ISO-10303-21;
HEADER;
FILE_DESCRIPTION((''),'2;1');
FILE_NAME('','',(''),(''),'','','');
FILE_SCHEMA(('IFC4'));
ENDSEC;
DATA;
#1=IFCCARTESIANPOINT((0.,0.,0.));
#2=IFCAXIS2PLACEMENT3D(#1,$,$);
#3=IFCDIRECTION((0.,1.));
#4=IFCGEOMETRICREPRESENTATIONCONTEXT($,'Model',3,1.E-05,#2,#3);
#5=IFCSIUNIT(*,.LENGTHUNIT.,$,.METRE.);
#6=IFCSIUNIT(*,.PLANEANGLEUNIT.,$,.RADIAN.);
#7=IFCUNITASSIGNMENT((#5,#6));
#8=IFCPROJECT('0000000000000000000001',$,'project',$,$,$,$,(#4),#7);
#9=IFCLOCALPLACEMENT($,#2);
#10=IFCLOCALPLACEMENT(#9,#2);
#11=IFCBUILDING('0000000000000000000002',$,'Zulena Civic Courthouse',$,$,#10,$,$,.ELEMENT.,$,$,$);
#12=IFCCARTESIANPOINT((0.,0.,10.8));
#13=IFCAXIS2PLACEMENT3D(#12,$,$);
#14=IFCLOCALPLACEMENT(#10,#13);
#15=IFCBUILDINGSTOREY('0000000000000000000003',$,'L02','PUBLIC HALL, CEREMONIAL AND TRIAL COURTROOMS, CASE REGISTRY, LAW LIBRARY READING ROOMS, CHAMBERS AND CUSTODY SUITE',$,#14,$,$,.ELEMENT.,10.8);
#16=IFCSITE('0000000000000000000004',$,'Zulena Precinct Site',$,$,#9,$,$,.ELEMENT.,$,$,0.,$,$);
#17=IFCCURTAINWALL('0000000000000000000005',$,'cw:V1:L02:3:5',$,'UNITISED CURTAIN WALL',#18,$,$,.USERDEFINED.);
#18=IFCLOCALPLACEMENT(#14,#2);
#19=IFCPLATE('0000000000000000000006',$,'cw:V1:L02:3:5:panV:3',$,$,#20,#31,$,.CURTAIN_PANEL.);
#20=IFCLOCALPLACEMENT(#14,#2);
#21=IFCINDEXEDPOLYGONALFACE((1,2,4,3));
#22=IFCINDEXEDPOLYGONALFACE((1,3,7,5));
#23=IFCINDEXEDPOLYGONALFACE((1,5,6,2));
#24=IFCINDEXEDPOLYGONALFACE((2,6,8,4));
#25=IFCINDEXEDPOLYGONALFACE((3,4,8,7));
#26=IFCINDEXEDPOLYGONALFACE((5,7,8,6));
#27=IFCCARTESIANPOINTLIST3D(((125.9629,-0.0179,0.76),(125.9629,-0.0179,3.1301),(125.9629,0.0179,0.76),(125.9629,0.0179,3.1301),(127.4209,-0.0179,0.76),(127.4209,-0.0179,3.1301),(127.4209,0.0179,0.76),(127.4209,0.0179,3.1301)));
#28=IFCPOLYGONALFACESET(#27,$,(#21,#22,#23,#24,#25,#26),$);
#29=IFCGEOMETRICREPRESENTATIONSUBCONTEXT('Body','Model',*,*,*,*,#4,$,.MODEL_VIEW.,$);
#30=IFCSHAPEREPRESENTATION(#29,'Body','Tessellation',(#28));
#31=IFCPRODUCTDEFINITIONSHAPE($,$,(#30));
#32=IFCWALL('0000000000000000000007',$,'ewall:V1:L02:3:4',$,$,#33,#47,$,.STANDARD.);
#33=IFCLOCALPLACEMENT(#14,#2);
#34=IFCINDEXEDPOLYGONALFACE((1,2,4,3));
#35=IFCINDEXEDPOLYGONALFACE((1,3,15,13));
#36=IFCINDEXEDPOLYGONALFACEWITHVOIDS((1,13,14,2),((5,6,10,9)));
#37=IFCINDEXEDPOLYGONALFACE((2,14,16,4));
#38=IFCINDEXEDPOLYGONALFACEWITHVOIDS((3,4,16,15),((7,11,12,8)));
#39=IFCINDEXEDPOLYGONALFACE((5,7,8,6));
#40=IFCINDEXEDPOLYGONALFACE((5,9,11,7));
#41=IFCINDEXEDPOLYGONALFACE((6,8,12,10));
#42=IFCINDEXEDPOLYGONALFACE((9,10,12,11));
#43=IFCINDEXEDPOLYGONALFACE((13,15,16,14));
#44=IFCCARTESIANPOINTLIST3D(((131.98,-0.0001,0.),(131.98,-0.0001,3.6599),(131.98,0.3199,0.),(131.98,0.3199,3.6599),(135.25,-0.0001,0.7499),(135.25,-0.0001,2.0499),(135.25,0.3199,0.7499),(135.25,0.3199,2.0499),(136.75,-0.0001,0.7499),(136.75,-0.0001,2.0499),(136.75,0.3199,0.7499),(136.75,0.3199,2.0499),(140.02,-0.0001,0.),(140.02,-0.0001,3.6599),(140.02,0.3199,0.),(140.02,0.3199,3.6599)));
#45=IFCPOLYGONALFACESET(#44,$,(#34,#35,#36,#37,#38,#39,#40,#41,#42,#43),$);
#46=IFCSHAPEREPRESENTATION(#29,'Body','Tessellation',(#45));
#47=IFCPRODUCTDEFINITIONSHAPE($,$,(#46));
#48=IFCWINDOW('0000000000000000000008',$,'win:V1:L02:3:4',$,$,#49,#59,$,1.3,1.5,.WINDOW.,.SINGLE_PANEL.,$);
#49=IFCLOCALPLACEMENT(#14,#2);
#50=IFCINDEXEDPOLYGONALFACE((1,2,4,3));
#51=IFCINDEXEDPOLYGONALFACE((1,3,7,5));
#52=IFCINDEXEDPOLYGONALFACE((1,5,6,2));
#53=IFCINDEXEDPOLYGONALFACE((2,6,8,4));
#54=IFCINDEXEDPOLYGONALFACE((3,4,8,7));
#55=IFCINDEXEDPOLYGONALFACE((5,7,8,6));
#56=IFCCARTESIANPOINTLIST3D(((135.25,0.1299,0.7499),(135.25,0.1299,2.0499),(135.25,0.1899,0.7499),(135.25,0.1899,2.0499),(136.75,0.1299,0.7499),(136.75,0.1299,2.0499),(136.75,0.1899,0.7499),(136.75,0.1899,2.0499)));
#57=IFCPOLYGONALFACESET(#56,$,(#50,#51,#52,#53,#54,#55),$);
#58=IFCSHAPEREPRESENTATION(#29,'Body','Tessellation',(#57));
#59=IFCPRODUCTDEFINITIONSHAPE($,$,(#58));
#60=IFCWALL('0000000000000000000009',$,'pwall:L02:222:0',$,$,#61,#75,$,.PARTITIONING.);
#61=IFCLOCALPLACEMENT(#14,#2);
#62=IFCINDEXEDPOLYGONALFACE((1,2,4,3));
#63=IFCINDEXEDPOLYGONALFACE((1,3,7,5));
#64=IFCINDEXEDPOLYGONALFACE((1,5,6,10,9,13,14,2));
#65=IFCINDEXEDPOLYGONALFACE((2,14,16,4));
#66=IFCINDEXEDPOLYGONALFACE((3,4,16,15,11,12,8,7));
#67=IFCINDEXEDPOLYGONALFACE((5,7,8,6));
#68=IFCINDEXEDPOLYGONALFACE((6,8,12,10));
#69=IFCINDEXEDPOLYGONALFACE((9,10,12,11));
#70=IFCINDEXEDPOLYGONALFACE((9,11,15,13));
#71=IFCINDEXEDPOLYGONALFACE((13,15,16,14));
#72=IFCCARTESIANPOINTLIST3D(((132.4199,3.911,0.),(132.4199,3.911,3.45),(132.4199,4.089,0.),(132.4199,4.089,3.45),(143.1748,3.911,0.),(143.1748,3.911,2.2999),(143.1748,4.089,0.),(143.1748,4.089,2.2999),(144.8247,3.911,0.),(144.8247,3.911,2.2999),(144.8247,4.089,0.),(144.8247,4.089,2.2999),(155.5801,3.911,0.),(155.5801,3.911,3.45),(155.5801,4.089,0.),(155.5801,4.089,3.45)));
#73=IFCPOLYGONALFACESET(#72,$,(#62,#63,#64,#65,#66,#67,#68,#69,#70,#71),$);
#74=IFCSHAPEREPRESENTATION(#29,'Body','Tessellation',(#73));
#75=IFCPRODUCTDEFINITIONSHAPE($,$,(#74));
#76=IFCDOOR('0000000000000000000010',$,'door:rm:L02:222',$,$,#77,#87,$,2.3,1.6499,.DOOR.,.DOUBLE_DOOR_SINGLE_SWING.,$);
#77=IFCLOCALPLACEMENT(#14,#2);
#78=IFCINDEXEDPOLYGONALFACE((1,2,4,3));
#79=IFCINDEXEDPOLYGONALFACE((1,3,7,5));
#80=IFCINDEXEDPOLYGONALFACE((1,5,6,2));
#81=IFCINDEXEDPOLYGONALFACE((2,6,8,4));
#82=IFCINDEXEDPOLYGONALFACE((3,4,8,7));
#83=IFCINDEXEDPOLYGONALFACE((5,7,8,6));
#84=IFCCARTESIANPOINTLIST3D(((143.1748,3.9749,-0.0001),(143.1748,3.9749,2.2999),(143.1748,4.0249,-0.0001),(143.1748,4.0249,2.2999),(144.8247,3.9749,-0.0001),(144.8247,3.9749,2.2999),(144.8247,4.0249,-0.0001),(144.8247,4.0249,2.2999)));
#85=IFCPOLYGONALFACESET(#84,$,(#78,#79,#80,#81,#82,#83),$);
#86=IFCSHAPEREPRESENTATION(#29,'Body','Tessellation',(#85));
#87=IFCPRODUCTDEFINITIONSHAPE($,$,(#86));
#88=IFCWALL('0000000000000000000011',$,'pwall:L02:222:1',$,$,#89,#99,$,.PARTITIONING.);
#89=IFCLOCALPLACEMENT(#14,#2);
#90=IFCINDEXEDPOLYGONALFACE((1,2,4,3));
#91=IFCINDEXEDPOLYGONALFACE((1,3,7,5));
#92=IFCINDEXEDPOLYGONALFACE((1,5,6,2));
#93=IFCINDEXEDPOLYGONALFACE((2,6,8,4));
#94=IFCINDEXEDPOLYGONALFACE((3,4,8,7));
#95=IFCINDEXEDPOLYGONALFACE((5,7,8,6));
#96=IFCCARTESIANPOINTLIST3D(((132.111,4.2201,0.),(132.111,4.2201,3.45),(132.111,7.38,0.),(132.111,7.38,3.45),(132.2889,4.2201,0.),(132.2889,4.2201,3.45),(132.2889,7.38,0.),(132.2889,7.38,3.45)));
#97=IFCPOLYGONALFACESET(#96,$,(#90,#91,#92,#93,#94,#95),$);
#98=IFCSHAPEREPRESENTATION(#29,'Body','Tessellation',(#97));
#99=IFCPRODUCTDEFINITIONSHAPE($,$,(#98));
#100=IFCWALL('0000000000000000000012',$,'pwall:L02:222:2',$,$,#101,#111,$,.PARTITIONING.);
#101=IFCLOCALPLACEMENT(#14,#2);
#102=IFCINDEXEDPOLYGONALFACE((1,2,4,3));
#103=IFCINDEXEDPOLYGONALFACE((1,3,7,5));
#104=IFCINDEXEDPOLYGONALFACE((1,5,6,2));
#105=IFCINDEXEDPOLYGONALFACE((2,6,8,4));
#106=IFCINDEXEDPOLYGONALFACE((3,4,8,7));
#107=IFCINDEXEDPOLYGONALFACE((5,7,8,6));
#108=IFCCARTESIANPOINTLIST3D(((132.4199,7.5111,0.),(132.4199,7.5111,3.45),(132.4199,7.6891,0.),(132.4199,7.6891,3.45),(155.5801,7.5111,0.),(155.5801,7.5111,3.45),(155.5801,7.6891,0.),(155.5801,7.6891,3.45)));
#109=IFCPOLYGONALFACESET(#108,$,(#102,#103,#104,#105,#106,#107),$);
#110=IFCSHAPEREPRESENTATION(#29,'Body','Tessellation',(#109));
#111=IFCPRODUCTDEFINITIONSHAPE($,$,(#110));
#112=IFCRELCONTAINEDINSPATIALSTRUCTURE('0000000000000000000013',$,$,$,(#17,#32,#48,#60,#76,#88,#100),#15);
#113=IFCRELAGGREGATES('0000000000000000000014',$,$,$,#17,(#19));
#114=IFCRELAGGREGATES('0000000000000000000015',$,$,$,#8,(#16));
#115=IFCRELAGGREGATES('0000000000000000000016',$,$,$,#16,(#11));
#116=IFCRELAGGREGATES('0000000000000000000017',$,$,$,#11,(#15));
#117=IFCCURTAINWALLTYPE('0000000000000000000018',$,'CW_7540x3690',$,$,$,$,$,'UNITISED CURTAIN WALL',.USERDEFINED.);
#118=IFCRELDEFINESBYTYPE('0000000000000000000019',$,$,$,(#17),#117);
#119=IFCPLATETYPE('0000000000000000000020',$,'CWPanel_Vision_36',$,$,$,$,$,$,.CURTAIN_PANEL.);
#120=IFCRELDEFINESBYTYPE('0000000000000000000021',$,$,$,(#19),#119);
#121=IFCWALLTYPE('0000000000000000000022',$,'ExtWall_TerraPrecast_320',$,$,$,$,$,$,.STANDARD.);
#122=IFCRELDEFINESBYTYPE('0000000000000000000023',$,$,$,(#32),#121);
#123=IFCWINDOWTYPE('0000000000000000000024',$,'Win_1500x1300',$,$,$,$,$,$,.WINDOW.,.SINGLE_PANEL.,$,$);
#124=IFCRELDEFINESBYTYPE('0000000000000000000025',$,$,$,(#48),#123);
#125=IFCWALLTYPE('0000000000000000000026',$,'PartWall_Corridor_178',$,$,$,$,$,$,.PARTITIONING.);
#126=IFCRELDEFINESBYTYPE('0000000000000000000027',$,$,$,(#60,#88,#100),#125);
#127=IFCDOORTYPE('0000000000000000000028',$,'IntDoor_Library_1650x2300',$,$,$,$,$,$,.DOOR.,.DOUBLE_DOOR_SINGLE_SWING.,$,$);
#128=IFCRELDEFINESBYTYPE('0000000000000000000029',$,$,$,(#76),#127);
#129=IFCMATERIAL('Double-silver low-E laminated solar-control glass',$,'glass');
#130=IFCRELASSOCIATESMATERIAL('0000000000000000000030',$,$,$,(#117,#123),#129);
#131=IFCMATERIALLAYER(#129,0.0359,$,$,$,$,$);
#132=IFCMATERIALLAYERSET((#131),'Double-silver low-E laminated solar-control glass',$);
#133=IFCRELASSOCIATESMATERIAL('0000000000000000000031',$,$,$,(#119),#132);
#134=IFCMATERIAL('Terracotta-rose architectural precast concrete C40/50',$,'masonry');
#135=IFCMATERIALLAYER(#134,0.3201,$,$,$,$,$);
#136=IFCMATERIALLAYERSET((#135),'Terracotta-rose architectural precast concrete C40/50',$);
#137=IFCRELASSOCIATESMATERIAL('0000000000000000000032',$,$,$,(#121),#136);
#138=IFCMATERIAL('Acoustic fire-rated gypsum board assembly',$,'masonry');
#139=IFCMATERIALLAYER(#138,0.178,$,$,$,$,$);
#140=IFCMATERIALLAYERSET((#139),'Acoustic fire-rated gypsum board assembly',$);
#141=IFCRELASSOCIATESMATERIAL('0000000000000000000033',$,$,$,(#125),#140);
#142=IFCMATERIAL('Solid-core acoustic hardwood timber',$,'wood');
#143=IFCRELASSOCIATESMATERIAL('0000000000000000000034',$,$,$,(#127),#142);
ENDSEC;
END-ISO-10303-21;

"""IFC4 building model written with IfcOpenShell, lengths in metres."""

from ifc_helpers import new_model, si_unit, direction, frame, frame_2d, origin, origin_2d, place, context, subcontext, project, spatial, rectangle, extrude, material, layer, layer_set, type_object, element, fill, aggregate, save


model = new_model("IFC4")

# Units and contexts
model_context = context("Model", 3, precision=1e-05, world=origin(), true_north=direction((0.0, 1.0)))
body_context = subcontext(model_context, "Body", "Model", "MODEL_VIEW")
ifc_project = project(units=[si_unit("LENGTHUNIT", "METRE"), si_unit("PLANEANGLEUNIT", "RADIAN")], contexts=[model_context])

# Site, building, storey
site_placement = place(None, origin())
site = spatial("IfcSite", under=ifc_project, at=site_placement, Name="Zulena Precinct Site", CompositionType="ELEMENT", RefElevation=0.0)
building_placement = place(site_placement, origin())
building = spatial("IfcBuilding", under=site, at=building_placement, Name="Zulena Civic Courthouse", CompositionType="ELEMENT")
storey_placement = place(building_placement, frame((0.0, 0.0, 10.8)))
storey = spatial("IfcBuildingStorey", under=building, at=storey_placement, Name="L02", Description="PUBLIC HALL, CEREMONIAL AND TRIAL COURTROOMS, CASE REGISTRY, LAW LIBRARY READING ROOMS, CHAMBERS AND CUSTODY SUITE", CompositionType="ELEMENT", Elevation=10.8)

# Shared definitions
ifc_material_1 = material(Name="Double-silver low-E laminated solar-control glass", Category="glass")

# Curtain wall
curtain_wall_type_1 = type_object("IfcCurtainWallType", Name="CW_7540x3690", ElementType="UNITISED CURTAIN WALL", PredefinedType="USERDEFINED", material=ifc_material_1)
curtain_wall_1_placement = place(storey_placement, origin())
curtain_wall_1 = element("IfcCurtainWall", 1, at=curtain_wall_1_placement, inside=storey, type_object=curtain_wall_type_1, Name="cw:V1:L02:3:5", ObjectType="UNITISED CURTAIN WALL", PredefinedType="USERDEFINED")

# Plate
ifc_layer_1 = layer(ifc_material_1, 0.0359)
ifc_layer_set_1 = layer_set([ifc_layer_1], Name="Double-silver low-E laminated solar-control glass")
plate_type_1 = type_object("IfcPlateType", Name="CWPanel_Vision_36", PredefinedType="CURTAIN_PANEL", material=ifc_layer_set_1)
plate_1_placement = place(storey_placement, frame((126.6919, 0.0, 0.76), z_axis=(0.0, 0.0, 1.0), x_axis=(-1.0, 0.0, 0.0)))
plate_1 = element("IfcPlate", 2, at=plate_1_placement, type_object=plate_type_1, Name="cw:V1:L02:3:5:panV:3", PredefinedType="CURTAIN_PANEL", context=body_context, shape_type="SweptSolid", body=[
    extrude(rectangle(XDim=1.458, YDim=0.0359, at=origin_2d()), origin(), (0.0, 0.0, 1.0), 2.3701),
])
aggregate(curtain_wall_1, [plate_1])

# Wall, opening, window
ifc_material_2 = material(Name="Terracotta-rose architectural precast concrete C40/50", Category="masonry")
ifc_layer_2 = layer(ifc_material_2, 0.3201)
ifc_layer_set_2 = layer_set([ifc_layer_2], Name="Terracotta-rose architectural precast concrete C40/50")
wall_type_1 = type_object("IfcWallType", Name="ExtWall_TerraPrecast_320", PredefinedType="STANDARD", material=ifc_layer_set_2)
wall_1_placement = place(storey_placement, frame((140.02, 0.1599, 0.0), z_axis=(0.0, 0.0, 1.0), x_axis=(-1.0, 0.0, 0.0)))
wall_1 = element("IfcWall", 3, at=wall_1_placement, inside=storey, type_object=wall_type_1, Name="ewall:V1:L02:3:4", PredefinedType="STANDARD", context=body_context, shape_type="SweptSolid", body=[
    extrude(rectangle(XDim=8.04, YDim=0.3201, at=frame_2d((4.02, 0.0))), origin(), (0.0, 0.0, 1.0), 3.6599),
])
opening_1_placement = place(wall_1_placement, frame((3.27, 0.0, 0.75)))
opening_1 = element("IfcOpeningElement", 4, at=opening_1_placement, cuts=wall_1, PredefinedType="OPENING", context=body_context, shape_type="SweptSolid", body=[
    extrude(rectangle(XDim=1.5, YDim=1.3, at=frame_2d((0.75, 0.6499))), frame((0.0, 0.1699, 0.0), z_axis=(0.0, -1.0, 0.0), x_axis=(1.0, 0.0, 0.0)), (0.0, 0.0, 1.0), 0.3401),
])
window_type = type_object("IfcWindowType", Name="Win_1500x1300", PartitioningType="SINGLE_PANEL", PredefinedType="WINDOW", material=ifc_material_1)
window_placement = place(opening_1_placement, origin())
window = element("IfcWindow", 5, at=window_placement, inside=storey, type_object=window_type, Name="win:V1:L02:3:4", OverallHeight=1.3, OverallWidth=1.5, PartitioningType="SINGLE_PANEL", PredefinedType="WINDOW", context=body_context, shape_type="SweptSolid", body=[
    extrude(rectangle(XDim=1.5, YDim=1.3, at=frame_2d((0.75, 0.6499))), frame((0.0, 0.03, 0.0), z_axis=(0.0, -1.0, 0.0), x_axis=(1.0, 0.0, 0.0)), (0.0, 0.0, 1.0), 0.0601),
])
fill(opening_1, window)

# Wall, opening, door
ifc_material_3 = material(Name="Acoustic fire-rated gypsum board assembly", Category="masonry")
ifc_layer_3 = layer(ifc_material_3, 0.178)
ifc_layer_set_3 = layer_set([ifc_layer_3], Name="Acoustic fire-rated gypsum board assembly")
wall_type_2 = type_object("IfcWallType", Name="PartWall_Corridor_178", PredefinedType="PARTITIONING", material=ifc_layer_set_3)
wall_2_placement = place(storey_placement, frame((132.4199, 4.0, 0.0), z_axis=(0.0, 0.0, 1.0), x_axis=(1.0, 0.0, 0.0)))
wall_2 = element("IfcWall", 6, at=wall_2_placement, inside=storey, type_object=wall_type_2, Name="pwall:L02:222:0", PredefinedType="PARTITIONING", context=body_context, shape_type="SweptSolid", body=[
    extrude(rectangle(XDim=23.1602, YDim=0.178, at=frame_2d((11.5801, 0.0))), origin(), (0.0, 0.0, 1.0), 3.45),
])
opening_2_placement = place(wall_2_placement, frame((10.7549, 0.0, 0.0)))
opening_2 = element("IfcOpeningElement", 7, at=opening_2_placement, cuts=wall_2, PredefinedType="OPENING", context=body_context, shape_type="SweptSolid", body=[
    extrude(rectangle(XDim=1.6499, YDim=2.3, at=frame_2d((0.825, 1.1499))), frame((0.0, 0.0989, 0.0), z_axis=(0.0, -1.0, 0.0), x_axis=(1.0, 0.0, 0.0)), (0.0, 0.0, 1.0), 0.198),
])
ifc_material_4 = material(Name="Solid-core acoustic hardwood timber", Category="wood")
door_type = type_object("IfcDoorType", Name="IntDoor_Library_1650x2300", OperationType="DOUBLE_DOOR_SINGLE_SWING", PredefinedType="DOOR", material=ifc_material_4)
door_placement = place(opening_2_placement, origin())
door = element("IfcDoor", 8, at=door_placement, inside=storey, type_object=door_type, Name="door:rm:L02:222", OperationType="DOUBLE_DOOR_SINGLE_SWING", OverallHeight=2.3, OverallWidth=1.6499, PredefinedType="DOOR", context=body_context, shape_type="SweptSolid", body=[
    extrude(rectangle(XDim=1.6499, YDim=2.3, at=frame_2d((0.825, 1.1499))), frame((0.0, 0.0249, 0.0), z_axis=(0.0, -1.0, 0.0), x_axis=(1.0, 0.0, 0.0)), (0.0, 0.0, 1.0), 0.05),
])
fill(opening_2, door)

# Walls
wall_3_placement = place(storey_placement, frame((132.2, 4.22, 0.0), z_axis=(0.0, 0.0, 1.0), x_axis=(0.0, 1.0, 0.0)))
element("IfcWall", 9, at=wall_3_placement, inside=storey, type_object=wall_type_2, Name="pwall:L02:222:1", PredefinedType="PARTITIONING", context=body_context, shape_type="SweptSolid", body=[
    extrude(rectangle(XDim=3.1599, YDim=0.178, at=frame_2d((1.5801, 0.0))), origin(), (0.0, 0.0, 1.0), 3.45),
])
wall_4_placement = place(storey_placement, frame((132.4199, 7.6001, 0.0), z_axis=(0.0, 0.0, 1.0), x_axis=(1.0, 0.0, 0.0)))
element("IfcWall", 10, at=wall_4_placement, inside=storey, type_object=wall_type_2, Name="pwall:L02:222:2", PredefinedType="PARTITIONING", context=body_context, shape_type="SweptSolid", body=[
    extrude(rectangle(XDim=23.1602, YDim=0.178, at=frame_2d((11.5801, 0.0))), origin(), (0.0, 0.0, 1.0), 3.45),
])

save(model, "model.ifc")
